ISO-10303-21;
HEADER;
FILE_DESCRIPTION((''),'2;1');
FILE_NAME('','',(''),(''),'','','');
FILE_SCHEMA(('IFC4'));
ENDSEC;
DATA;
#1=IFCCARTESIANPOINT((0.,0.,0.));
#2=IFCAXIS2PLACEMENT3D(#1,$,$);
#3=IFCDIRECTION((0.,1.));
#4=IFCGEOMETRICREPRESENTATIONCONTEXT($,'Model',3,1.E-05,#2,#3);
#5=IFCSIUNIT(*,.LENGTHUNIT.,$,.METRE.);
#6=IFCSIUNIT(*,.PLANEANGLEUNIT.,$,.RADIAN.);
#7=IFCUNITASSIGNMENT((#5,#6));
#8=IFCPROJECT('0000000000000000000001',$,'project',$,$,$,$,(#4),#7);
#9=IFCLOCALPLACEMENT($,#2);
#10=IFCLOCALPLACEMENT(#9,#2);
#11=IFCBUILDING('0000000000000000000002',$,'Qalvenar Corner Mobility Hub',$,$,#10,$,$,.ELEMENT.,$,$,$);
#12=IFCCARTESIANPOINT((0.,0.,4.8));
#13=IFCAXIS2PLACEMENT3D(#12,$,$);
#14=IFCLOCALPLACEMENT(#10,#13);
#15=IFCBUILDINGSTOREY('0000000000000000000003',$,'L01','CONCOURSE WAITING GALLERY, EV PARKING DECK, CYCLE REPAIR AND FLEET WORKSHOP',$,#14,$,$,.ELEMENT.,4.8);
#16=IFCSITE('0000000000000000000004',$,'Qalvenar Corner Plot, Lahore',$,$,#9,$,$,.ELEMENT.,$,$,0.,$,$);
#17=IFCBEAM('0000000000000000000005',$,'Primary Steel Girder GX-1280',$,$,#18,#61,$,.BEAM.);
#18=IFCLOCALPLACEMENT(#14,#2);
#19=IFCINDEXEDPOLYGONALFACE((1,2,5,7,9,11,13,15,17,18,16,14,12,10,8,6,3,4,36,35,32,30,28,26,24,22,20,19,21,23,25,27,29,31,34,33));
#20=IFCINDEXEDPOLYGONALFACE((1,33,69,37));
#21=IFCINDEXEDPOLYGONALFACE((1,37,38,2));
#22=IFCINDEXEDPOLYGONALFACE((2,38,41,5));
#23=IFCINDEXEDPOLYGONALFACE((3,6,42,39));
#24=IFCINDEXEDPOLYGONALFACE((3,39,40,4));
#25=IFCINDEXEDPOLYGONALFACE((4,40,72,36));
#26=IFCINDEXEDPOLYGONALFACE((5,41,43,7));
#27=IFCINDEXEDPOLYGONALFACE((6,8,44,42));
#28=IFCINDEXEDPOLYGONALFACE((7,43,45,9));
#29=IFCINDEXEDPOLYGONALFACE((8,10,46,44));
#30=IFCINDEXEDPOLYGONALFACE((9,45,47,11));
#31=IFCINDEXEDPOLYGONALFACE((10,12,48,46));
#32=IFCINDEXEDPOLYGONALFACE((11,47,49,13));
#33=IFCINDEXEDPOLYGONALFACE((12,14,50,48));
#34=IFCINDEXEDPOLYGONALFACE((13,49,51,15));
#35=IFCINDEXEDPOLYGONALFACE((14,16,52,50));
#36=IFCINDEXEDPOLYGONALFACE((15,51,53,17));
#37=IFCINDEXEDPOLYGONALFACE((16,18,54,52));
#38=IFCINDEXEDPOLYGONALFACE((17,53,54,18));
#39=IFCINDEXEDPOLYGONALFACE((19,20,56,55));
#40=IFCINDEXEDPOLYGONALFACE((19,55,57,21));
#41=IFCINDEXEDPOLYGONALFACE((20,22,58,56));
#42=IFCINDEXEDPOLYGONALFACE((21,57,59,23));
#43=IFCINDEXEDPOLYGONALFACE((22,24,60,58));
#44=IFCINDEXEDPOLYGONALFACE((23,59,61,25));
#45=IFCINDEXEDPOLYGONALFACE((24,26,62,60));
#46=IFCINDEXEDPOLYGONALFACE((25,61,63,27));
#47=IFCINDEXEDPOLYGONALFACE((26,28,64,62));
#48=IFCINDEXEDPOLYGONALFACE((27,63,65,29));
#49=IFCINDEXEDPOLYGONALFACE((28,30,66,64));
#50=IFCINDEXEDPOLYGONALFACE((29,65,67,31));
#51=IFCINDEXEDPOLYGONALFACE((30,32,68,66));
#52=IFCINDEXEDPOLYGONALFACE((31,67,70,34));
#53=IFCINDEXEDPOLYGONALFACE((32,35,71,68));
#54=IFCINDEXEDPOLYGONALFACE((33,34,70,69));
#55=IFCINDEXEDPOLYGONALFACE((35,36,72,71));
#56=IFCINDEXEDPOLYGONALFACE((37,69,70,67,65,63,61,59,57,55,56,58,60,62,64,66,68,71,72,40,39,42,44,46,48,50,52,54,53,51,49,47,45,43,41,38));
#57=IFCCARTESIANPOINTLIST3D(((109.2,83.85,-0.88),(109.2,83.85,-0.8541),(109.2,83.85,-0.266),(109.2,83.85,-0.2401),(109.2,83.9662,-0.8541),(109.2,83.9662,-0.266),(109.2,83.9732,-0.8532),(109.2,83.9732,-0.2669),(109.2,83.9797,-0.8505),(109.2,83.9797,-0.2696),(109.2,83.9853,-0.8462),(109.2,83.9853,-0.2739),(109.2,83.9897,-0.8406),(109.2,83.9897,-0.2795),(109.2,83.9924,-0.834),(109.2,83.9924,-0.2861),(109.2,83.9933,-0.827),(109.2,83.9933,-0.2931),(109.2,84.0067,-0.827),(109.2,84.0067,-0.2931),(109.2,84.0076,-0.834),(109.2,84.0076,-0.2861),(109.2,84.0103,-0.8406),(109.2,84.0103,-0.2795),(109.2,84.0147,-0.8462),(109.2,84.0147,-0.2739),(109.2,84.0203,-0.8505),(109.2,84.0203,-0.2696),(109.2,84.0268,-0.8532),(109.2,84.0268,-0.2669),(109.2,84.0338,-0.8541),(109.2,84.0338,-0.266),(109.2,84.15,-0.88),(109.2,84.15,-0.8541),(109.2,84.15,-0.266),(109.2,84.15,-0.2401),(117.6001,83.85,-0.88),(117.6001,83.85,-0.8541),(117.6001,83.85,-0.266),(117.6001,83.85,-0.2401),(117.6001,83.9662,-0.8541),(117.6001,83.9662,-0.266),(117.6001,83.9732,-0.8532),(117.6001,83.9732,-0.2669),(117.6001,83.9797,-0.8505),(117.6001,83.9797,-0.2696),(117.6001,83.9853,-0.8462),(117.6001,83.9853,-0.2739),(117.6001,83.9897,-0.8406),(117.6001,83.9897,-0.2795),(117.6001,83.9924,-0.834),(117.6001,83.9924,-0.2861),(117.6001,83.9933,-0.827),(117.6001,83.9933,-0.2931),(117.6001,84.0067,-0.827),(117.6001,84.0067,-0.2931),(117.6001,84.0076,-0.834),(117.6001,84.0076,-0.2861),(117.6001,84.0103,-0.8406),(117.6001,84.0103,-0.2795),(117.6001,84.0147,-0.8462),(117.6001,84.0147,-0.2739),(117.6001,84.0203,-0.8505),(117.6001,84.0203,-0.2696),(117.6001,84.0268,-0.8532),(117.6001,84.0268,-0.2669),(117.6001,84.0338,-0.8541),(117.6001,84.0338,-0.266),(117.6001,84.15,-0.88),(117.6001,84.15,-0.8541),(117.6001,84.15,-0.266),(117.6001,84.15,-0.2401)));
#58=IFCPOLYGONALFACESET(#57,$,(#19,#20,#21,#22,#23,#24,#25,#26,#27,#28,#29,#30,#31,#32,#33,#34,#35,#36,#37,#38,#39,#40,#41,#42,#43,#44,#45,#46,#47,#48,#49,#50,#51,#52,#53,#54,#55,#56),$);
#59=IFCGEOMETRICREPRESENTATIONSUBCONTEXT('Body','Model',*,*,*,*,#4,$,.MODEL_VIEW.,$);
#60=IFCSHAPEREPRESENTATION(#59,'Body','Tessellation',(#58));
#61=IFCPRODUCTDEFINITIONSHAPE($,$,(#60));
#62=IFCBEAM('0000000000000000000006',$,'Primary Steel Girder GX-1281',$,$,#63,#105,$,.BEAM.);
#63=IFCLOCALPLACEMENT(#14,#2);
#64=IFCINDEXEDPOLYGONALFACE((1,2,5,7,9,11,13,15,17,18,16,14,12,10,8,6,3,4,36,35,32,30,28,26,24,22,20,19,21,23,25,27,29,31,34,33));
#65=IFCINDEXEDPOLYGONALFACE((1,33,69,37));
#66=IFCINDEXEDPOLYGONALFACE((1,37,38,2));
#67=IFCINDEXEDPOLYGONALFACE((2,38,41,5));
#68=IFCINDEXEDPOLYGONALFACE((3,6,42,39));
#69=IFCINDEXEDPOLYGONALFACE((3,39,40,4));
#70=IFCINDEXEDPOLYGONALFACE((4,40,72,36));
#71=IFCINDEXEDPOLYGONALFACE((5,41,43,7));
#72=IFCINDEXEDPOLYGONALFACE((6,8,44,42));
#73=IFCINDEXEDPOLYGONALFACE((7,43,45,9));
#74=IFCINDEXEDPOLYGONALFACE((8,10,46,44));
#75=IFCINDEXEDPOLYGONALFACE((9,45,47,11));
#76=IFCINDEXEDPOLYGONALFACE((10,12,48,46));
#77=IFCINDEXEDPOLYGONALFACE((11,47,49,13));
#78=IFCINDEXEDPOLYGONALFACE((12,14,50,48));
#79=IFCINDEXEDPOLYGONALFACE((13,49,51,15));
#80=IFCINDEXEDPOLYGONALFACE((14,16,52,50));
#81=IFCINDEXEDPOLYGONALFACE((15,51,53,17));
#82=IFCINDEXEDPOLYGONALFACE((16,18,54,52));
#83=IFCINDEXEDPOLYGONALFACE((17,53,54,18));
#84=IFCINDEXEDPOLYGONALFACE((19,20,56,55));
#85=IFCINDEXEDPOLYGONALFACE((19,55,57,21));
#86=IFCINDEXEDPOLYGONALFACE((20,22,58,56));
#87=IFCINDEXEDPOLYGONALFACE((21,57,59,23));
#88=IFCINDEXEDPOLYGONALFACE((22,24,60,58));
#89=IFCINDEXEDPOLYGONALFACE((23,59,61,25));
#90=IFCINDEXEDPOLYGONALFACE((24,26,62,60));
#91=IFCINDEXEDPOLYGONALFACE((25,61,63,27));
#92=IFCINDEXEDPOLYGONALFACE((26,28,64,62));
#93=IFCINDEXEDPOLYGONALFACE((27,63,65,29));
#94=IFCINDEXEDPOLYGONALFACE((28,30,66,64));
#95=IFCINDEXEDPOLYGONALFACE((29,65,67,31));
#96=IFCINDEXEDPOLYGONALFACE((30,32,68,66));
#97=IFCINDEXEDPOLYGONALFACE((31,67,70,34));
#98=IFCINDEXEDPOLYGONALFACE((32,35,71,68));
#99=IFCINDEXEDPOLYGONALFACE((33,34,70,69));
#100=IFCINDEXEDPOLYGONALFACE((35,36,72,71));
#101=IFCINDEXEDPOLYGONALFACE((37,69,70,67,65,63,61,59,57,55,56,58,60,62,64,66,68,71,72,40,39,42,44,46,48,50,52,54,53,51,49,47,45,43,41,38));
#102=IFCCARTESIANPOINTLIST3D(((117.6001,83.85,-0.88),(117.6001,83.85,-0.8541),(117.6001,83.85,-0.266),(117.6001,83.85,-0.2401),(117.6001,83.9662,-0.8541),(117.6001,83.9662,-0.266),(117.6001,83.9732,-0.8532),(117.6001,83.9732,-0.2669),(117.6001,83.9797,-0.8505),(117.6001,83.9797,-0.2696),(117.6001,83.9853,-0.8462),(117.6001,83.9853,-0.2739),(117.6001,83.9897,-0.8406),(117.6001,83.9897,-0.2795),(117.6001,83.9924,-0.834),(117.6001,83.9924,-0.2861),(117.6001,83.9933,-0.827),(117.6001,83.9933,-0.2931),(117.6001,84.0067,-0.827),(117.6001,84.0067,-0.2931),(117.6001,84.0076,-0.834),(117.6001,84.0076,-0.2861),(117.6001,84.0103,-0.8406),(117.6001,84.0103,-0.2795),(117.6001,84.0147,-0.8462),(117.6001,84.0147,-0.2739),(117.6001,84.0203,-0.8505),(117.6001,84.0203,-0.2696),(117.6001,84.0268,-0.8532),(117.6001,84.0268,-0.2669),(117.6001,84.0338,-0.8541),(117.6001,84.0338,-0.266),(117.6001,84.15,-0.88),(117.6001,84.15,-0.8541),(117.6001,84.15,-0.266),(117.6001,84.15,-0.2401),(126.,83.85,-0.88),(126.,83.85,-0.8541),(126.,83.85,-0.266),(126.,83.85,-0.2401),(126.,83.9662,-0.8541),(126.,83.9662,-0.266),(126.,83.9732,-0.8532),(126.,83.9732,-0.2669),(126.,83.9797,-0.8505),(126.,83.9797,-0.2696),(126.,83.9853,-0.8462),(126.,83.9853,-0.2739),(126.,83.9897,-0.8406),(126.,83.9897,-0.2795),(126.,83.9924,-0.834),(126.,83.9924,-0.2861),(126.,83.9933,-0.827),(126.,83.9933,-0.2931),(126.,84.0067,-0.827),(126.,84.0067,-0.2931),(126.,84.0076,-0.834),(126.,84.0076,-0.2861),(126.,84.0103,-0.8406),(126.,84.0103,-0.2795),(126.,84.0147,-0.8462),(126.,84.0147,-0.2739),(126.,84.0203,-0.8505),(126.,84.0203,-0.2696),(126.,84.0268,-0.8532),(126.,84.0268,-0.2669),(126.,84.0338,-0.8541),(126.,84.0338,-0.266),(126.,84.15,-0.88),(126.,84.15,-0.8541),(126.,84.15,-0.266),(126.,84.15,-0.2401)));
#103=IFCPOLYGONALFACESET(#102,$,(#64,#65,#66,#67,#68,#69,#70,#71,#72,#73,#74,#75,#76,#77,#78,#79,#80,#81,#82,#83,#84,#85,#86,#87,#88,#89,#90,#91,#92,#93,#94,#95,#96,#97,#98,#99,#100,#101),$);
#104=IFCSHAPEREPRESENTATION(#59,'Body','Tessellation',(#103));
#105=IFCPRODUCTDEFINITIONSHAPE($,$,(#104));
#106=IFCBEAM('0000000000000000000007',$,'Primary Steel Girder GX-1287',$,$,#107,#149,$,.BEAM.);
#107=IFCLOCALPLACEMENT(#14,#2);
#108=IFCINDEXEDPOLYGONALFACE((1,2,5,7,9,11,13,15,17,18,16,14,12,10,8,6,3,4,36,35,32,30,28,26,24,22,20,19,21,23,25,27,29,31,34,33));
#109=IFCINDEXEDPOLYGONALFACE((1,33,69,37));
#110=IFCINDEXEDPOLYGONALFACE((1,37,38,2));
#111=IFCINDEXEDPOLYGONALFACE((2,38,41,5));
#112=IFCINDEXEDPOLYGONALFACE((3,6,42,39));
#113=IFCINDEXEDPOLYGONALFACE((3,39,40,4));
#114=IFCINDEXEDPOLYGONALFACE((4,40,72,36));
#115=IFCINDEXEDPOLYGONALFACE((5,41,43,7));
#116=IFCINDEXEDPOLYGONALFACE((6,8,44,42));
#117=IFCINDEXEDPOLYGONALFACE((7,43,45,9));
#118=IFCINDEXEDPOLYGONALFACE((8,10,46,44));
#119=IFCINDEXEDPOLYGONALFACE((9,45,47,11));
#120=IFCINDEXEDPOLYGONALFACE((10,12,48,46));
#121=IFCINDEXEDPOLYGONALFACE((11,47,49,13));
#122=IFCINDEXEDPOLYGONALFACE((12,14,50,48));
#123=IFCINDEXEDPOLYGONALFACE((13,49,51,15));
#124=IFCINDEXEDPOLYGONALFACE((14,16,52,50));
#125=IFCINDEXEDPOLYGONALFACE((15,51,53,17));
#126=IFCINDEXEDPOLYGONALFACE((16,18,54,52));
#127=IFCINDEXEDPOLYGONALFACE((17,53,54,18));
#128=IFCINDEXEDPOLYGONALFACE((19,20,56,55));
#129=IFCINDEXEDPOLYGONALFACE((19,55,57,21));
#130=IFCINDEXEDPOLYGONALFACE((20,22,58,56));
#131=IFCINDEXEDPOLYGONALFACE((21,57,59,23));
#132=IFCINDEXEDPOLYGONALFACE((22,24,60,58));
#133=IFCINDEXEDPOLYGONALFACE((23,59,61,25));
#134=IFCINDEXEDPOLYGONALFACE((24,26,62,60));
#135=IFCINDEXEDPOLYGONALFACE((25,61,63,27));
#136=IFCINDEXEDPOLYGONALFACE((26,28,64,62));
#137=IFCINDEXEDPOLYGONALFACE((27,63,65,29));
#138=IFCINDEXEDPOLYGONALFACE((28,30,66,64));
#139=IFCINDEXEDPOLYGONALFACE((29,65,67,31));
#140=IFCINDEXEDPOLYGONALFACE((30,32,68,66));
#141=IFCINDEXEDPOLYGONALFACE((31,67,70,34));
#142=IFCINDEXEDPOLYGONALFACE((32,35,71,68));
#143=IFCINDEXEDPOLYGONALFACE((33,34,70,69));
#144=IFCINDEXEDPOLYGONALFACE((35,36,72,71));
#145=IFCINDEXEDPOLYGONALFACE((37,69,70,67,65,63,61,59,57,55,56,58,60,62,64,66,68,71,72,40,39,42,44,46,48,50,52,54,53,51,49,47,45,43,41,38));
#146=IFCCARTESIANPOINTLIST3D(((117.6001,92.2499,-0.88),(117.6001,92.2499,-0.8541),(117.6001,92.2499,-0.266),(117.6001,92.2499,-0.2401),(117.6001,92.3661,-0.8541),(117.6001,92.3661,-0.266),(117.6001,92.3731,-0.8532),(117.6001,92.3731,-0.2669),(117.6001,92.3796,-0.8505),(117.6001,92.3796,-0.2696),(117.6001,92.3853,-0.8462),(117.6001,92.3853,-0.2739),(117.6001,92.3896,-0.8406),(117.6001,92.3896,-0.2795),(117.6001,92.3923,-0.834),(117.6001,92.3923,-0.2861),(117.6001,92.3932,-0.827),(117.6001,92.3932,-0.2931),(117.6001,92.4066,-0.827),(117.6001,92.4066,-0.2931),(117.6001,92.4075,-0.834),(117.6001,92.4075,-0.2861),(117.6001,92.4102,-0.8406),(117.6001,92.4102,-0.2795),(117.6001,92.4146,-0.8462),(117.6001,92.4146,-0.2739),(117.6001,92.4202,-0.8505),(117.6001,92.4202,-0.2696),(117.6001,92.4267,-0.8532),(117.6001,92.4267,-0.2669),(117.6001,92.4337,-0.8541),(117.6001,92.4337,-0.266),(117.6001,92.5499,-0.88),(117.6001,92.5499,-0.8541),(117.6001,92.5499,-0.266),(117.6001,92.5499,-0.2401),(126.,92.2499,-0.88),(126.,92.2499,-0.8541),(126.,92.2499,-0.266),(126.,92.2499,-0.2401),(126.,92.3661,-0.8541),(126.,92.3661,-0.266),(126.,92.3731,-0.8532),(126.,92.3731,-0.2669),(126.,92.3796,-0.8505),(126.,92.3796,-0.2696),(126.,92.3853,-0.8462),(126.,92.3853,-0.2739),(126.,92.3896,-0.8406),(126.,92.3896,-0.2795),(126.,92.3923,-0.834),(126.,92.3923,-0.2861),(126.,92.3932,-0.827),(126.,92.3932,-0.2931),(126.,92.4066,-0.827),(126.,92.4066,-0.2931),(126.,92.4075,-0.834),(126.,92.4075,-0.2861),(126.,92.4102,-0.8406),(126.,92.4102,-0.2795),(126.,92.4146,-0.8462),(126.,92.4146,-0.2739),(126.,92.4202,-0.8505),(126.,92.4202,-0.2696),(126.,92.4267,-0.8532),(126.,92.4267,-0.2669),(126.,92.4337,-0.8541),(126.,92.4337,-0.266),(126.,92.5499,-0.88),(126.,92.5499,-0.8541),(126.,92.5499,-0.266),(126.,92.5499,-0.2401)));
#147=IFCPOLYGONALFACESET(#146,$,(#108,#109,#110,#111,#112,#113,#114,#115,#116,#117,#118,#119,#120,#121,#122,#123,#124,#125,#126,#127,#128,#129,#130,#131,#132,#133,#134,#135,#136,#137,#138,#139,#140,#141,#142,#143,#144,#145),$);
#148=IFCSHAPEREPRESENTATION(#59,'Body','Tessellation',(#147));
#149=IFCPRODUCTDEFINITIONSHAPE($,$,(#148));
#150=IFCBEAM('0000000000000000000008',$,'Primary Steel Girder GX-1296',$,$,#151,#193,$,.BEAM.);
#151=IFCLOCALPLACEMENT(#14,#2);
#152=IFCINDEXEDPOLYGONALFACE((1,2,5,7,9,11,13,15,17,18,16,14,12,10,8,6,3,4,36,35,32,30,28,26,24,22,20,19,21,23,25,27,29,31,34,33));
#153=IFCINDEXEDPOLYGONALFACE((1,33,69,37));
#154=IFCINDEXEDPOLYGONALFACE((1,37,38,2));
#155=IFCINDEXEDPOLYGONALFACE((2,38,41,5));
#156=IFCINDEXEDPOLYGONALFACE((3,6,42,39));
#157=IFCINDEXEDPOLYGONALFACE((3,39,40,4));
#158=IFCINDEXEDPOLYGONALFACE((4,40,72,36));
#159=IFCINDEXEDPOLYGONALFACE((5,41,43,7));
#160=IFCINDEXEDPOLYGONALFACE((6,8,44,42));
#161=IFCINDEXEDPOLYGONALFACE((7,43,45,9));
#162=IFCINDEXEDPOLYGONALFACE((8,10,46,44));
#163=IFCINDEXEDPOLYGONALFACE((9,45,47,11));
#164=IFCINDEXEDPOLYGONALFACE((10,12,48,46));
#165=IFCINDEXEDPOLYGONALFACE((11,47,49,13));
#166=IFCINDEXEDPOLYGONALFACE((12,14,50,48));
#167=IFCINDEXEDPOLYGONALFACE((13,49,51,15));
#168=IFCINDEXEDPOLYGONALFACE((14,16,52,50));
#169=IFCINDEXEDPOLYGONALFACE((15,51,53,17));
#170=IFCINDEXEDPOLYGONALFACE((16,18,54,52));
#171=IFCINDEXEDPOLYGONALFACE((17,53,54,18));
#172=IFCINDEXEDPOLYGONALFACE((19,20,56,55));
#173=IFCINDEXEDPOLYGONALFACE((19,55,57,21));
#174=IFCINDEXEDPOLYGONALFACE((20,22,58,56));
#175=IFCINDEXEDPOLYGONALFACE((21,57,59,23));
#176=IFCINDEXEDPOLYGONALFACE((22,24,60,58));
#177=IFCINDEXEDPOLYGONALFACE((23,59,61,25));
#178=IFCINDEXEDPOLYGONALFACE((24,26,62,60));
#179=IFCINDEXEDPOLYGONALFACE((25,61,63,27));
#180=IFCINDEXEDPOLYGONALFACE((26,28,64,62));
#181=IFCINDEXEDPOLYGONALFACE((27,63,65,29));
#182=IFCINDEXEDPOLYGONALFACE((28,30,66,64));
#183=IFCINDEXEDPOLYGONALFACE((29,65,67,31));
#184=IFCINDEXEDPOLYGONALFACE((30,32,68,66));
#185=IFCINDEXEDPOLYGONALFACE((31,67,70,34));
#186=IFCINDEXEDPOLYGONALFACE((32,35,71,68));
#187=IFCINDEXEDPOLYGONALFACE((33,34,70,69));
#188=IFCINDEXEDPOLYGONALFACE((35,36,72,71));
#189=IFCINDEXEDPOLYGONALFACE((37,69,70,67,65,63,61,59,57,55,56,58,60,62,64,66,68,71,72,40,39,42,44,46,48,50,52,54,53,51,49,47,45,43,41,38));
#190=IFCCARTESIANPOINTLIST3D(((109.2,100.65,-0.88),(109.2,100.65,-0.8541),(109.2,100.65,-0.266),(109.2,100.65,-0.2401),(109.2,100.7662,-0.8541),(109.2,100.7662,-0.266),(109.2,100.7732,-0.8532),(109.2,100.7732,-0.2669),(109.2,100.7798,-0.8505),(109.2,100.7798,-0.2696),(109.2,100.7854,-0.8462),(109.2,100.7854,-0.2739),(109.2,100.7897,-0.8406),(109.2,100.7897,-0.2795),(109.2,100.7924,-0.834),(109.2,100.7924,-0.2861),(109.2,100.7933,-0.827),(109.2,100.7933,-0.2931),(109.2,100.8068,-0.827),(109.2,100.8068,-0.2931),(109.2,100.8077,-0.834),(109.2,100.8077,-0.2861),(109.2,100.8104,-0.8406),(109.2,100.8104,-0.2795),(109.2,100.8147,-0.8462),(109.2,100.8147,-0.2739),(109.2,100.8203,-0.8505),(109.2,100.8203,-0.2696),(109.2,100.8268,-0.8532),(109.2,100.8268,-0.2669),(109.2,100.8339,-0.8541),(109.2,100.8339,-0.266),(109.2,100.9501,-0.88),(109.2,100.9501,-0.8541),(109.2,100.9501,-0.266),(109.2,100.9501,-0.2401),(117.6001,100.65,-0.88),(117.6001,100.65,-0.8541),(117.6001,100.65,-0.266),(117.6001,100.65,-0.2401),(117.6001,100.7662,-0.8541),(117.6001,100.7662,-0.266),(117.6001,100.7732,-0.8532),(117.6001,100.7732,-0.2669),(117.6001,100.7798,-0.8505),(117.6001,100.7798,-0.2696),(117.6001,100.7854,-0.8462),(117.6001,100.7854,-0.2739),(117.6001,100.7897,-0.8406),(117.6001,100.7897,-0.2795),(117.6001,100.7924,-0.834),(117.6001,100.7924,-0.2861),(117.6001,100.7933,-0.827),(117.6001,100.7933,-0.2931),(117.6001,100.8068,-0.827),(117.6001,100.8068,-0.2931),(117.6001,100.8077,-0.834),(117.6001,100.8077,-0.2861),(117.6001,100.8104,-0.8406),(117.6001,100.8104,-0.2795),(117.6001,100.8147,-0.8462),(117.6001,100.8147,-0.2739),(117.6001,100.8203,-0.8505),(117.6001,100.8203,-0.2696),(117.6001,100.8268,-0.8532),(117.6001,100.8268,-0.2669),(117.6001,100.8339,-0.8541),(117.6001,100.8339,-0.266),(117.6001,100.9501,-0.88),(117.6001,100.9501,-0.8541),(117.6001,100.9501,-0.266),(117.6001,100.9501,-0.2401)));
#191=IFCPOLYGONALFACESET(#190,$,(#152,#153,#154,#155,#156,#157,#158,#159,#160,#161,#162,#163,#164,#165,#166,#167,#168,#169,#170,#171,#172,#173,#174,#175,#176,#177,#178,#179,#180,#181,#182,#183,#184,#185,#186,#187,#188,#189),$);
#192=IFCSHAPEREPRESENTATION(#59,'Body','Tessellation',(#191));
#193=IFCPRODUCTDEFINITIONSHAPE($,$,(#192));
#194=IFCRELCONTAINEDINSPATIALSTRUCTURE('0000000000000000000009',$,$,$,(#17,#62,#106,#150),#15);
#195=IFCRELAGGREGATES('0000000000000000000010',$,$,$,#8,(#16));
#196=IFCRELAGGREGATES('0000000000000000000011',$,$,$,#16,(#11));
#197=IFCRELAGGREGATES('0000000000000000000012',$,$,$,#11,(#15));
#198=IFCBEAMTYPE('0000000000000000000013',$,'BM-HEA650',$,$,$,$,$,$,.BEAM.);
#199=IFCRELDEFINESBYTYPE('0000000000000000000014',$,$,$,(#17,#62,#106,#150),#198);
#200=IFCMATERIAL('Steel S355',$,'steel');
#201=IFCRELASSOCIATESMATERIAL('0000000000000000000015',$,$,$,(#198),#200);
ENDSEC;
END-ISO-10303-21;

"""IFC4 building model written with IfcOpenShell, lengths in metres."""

from ifc_helpers import new_model, si_unit, direction, frame, origin, origin_2d, place, context, subcontext, project, spatial, i_section, extrude, material, material_profile, profile_set, type_object, element, save


model = new_model("IFC4")

# Units and contexts
model_context = context("Model", 3, precision=1e-05, world=origin(), true_north=direction((0.0, 1.0)))
body_context = subcontext(model_context, "Body", "Model", "MODEL_VIEW")
ifc_project = project(units=[si_unit("LENGTHUNIT", "METRE"), si_unit("PLANEANGLEUNIT", "RADIAN")], contexts=[model_context])

# Site, building, storey
site_placement = place(None, origin())
site = spatial("IfcSite", under=ifc_project, at=site_placement, Name="Qalvenar Corner Plot, Lahore", CompositionType="ELEMENT", RefElevation=0.0)
building_placement = place(site_placement, origin())
building = spatial("IfcBuilding", under=site, at=building_placement, Name="Qalvenar Corner Mobility Hub", CompositionType="ELEMENT")
storey_placement = place(building_placement, frame((0.0, 0.0, 4.8)))
storey = spatial("IfcBuildingStorey", under=building, at=storey_placement, Name="L01", Description="CONCOURSE WAITING GALLERY, EV PARKING DECK, CYCLE REPAIR AND FLEET WORKSHOP", CompositionType="ELEMENT", Elevation=4.8)

# Shared definitions
ifc_material = material(Name="Steel S355", Category="steel")

# Beams
ifc_material_profile_1 = material_profile(ifc_material, i_section(OverallWidth=0.3, OverallDepth=0.6399, WebThickness=0.0134, FlangeThickness=0.0259, FilletRadius=0.0271, at=origin_2d()), Name="HEA650")
ifc_profile_set_1 = profile_set([ifc_material_profile_1], Name="Steel S355")
beam_type_1 = type_object("IfcBeamType", Name="BM-HEA650", PredefinedType="BEAM", material=ifc_profile_set_1)
beam_1_placement = place(storey_placement, frame((109.2, 84.0, -0.5601), z_axis=(1.0, 0.0, 0.0), x_axis=(0.0, 1.0, 0.0)))
element("IfcBeam", 1, at=beam_1_placement, inside=storey, type_object=beam_type_1, Name="Primary Steel Girder GX-1280", PredefinedType="BEAM", context=body_context, shape_type="SweptSolid", body=[
    extrude(i_section(OverallWidth=0.3, OverallDepth=0.6399, WebThickness=0.0134, FlangeThickness=0.0259, FilletRadius=0.0271, at=origin_2d()), origin(), (0.0, 0.0, 1.0), 8.4001),
])
for number, where, z_axis, x_axis, name in (
    (2, (117.6001, 84.0, -0.5601), (1.0, 0.0, 0.0), (0.0, 1.0, 0.0), "Primary Steel Girder GX-1281"),
    (3, (117.6001, 92.3999, -0.5601), (1.0, 0.0, 0.0), (0.0, 1.0, 0.0), "Primary Steel Girder GX-1287"),
):
    element("IfcBeam", number, at=place(storey_placement, frame(where, z_axis=z_axis, x_axis=x_axis)), inside=storey, type_object=beam_type_1, Name=name, PredefinedType="BEAM", context=body_context, shape_type="SweptSolid", body=[
        extrude(i_section(OverallWidth=0.3, OverallDepth=0.6399, WebThickness=0.0134, FlangeThickness=0.0259, FilletRadius=0.0271, at=origin_2d()), origin(), (0.0, 0.0, 1.0), 8.3999),
    ])
beam_2_placement = place(storey_placement, frame((109.2, 100.8, -0.5601), z_axis=(1.0, 0.0, 0.0), x_axis=(0.0, 1.0, 0.0)))
element("IfcBeam", 4, at=beam_2_placement, inside=storey, type_object=beam_type_1, Name="Primary Steel Girder GX-1296", PredefinedType="BEAM", context=body_context, shape_type="SweptSolid", body=[
    extrude(i_section(OverallWidth=0.3, OverallDepth=0.6399, WebThickness=0.0134, FlangeThickness=0.0259, FilletRadius=0.0271, at=origin_2d()), origin(), (0.0, 0.0, 1.0), 8.4001),
])

save(model, "model.ifc")
